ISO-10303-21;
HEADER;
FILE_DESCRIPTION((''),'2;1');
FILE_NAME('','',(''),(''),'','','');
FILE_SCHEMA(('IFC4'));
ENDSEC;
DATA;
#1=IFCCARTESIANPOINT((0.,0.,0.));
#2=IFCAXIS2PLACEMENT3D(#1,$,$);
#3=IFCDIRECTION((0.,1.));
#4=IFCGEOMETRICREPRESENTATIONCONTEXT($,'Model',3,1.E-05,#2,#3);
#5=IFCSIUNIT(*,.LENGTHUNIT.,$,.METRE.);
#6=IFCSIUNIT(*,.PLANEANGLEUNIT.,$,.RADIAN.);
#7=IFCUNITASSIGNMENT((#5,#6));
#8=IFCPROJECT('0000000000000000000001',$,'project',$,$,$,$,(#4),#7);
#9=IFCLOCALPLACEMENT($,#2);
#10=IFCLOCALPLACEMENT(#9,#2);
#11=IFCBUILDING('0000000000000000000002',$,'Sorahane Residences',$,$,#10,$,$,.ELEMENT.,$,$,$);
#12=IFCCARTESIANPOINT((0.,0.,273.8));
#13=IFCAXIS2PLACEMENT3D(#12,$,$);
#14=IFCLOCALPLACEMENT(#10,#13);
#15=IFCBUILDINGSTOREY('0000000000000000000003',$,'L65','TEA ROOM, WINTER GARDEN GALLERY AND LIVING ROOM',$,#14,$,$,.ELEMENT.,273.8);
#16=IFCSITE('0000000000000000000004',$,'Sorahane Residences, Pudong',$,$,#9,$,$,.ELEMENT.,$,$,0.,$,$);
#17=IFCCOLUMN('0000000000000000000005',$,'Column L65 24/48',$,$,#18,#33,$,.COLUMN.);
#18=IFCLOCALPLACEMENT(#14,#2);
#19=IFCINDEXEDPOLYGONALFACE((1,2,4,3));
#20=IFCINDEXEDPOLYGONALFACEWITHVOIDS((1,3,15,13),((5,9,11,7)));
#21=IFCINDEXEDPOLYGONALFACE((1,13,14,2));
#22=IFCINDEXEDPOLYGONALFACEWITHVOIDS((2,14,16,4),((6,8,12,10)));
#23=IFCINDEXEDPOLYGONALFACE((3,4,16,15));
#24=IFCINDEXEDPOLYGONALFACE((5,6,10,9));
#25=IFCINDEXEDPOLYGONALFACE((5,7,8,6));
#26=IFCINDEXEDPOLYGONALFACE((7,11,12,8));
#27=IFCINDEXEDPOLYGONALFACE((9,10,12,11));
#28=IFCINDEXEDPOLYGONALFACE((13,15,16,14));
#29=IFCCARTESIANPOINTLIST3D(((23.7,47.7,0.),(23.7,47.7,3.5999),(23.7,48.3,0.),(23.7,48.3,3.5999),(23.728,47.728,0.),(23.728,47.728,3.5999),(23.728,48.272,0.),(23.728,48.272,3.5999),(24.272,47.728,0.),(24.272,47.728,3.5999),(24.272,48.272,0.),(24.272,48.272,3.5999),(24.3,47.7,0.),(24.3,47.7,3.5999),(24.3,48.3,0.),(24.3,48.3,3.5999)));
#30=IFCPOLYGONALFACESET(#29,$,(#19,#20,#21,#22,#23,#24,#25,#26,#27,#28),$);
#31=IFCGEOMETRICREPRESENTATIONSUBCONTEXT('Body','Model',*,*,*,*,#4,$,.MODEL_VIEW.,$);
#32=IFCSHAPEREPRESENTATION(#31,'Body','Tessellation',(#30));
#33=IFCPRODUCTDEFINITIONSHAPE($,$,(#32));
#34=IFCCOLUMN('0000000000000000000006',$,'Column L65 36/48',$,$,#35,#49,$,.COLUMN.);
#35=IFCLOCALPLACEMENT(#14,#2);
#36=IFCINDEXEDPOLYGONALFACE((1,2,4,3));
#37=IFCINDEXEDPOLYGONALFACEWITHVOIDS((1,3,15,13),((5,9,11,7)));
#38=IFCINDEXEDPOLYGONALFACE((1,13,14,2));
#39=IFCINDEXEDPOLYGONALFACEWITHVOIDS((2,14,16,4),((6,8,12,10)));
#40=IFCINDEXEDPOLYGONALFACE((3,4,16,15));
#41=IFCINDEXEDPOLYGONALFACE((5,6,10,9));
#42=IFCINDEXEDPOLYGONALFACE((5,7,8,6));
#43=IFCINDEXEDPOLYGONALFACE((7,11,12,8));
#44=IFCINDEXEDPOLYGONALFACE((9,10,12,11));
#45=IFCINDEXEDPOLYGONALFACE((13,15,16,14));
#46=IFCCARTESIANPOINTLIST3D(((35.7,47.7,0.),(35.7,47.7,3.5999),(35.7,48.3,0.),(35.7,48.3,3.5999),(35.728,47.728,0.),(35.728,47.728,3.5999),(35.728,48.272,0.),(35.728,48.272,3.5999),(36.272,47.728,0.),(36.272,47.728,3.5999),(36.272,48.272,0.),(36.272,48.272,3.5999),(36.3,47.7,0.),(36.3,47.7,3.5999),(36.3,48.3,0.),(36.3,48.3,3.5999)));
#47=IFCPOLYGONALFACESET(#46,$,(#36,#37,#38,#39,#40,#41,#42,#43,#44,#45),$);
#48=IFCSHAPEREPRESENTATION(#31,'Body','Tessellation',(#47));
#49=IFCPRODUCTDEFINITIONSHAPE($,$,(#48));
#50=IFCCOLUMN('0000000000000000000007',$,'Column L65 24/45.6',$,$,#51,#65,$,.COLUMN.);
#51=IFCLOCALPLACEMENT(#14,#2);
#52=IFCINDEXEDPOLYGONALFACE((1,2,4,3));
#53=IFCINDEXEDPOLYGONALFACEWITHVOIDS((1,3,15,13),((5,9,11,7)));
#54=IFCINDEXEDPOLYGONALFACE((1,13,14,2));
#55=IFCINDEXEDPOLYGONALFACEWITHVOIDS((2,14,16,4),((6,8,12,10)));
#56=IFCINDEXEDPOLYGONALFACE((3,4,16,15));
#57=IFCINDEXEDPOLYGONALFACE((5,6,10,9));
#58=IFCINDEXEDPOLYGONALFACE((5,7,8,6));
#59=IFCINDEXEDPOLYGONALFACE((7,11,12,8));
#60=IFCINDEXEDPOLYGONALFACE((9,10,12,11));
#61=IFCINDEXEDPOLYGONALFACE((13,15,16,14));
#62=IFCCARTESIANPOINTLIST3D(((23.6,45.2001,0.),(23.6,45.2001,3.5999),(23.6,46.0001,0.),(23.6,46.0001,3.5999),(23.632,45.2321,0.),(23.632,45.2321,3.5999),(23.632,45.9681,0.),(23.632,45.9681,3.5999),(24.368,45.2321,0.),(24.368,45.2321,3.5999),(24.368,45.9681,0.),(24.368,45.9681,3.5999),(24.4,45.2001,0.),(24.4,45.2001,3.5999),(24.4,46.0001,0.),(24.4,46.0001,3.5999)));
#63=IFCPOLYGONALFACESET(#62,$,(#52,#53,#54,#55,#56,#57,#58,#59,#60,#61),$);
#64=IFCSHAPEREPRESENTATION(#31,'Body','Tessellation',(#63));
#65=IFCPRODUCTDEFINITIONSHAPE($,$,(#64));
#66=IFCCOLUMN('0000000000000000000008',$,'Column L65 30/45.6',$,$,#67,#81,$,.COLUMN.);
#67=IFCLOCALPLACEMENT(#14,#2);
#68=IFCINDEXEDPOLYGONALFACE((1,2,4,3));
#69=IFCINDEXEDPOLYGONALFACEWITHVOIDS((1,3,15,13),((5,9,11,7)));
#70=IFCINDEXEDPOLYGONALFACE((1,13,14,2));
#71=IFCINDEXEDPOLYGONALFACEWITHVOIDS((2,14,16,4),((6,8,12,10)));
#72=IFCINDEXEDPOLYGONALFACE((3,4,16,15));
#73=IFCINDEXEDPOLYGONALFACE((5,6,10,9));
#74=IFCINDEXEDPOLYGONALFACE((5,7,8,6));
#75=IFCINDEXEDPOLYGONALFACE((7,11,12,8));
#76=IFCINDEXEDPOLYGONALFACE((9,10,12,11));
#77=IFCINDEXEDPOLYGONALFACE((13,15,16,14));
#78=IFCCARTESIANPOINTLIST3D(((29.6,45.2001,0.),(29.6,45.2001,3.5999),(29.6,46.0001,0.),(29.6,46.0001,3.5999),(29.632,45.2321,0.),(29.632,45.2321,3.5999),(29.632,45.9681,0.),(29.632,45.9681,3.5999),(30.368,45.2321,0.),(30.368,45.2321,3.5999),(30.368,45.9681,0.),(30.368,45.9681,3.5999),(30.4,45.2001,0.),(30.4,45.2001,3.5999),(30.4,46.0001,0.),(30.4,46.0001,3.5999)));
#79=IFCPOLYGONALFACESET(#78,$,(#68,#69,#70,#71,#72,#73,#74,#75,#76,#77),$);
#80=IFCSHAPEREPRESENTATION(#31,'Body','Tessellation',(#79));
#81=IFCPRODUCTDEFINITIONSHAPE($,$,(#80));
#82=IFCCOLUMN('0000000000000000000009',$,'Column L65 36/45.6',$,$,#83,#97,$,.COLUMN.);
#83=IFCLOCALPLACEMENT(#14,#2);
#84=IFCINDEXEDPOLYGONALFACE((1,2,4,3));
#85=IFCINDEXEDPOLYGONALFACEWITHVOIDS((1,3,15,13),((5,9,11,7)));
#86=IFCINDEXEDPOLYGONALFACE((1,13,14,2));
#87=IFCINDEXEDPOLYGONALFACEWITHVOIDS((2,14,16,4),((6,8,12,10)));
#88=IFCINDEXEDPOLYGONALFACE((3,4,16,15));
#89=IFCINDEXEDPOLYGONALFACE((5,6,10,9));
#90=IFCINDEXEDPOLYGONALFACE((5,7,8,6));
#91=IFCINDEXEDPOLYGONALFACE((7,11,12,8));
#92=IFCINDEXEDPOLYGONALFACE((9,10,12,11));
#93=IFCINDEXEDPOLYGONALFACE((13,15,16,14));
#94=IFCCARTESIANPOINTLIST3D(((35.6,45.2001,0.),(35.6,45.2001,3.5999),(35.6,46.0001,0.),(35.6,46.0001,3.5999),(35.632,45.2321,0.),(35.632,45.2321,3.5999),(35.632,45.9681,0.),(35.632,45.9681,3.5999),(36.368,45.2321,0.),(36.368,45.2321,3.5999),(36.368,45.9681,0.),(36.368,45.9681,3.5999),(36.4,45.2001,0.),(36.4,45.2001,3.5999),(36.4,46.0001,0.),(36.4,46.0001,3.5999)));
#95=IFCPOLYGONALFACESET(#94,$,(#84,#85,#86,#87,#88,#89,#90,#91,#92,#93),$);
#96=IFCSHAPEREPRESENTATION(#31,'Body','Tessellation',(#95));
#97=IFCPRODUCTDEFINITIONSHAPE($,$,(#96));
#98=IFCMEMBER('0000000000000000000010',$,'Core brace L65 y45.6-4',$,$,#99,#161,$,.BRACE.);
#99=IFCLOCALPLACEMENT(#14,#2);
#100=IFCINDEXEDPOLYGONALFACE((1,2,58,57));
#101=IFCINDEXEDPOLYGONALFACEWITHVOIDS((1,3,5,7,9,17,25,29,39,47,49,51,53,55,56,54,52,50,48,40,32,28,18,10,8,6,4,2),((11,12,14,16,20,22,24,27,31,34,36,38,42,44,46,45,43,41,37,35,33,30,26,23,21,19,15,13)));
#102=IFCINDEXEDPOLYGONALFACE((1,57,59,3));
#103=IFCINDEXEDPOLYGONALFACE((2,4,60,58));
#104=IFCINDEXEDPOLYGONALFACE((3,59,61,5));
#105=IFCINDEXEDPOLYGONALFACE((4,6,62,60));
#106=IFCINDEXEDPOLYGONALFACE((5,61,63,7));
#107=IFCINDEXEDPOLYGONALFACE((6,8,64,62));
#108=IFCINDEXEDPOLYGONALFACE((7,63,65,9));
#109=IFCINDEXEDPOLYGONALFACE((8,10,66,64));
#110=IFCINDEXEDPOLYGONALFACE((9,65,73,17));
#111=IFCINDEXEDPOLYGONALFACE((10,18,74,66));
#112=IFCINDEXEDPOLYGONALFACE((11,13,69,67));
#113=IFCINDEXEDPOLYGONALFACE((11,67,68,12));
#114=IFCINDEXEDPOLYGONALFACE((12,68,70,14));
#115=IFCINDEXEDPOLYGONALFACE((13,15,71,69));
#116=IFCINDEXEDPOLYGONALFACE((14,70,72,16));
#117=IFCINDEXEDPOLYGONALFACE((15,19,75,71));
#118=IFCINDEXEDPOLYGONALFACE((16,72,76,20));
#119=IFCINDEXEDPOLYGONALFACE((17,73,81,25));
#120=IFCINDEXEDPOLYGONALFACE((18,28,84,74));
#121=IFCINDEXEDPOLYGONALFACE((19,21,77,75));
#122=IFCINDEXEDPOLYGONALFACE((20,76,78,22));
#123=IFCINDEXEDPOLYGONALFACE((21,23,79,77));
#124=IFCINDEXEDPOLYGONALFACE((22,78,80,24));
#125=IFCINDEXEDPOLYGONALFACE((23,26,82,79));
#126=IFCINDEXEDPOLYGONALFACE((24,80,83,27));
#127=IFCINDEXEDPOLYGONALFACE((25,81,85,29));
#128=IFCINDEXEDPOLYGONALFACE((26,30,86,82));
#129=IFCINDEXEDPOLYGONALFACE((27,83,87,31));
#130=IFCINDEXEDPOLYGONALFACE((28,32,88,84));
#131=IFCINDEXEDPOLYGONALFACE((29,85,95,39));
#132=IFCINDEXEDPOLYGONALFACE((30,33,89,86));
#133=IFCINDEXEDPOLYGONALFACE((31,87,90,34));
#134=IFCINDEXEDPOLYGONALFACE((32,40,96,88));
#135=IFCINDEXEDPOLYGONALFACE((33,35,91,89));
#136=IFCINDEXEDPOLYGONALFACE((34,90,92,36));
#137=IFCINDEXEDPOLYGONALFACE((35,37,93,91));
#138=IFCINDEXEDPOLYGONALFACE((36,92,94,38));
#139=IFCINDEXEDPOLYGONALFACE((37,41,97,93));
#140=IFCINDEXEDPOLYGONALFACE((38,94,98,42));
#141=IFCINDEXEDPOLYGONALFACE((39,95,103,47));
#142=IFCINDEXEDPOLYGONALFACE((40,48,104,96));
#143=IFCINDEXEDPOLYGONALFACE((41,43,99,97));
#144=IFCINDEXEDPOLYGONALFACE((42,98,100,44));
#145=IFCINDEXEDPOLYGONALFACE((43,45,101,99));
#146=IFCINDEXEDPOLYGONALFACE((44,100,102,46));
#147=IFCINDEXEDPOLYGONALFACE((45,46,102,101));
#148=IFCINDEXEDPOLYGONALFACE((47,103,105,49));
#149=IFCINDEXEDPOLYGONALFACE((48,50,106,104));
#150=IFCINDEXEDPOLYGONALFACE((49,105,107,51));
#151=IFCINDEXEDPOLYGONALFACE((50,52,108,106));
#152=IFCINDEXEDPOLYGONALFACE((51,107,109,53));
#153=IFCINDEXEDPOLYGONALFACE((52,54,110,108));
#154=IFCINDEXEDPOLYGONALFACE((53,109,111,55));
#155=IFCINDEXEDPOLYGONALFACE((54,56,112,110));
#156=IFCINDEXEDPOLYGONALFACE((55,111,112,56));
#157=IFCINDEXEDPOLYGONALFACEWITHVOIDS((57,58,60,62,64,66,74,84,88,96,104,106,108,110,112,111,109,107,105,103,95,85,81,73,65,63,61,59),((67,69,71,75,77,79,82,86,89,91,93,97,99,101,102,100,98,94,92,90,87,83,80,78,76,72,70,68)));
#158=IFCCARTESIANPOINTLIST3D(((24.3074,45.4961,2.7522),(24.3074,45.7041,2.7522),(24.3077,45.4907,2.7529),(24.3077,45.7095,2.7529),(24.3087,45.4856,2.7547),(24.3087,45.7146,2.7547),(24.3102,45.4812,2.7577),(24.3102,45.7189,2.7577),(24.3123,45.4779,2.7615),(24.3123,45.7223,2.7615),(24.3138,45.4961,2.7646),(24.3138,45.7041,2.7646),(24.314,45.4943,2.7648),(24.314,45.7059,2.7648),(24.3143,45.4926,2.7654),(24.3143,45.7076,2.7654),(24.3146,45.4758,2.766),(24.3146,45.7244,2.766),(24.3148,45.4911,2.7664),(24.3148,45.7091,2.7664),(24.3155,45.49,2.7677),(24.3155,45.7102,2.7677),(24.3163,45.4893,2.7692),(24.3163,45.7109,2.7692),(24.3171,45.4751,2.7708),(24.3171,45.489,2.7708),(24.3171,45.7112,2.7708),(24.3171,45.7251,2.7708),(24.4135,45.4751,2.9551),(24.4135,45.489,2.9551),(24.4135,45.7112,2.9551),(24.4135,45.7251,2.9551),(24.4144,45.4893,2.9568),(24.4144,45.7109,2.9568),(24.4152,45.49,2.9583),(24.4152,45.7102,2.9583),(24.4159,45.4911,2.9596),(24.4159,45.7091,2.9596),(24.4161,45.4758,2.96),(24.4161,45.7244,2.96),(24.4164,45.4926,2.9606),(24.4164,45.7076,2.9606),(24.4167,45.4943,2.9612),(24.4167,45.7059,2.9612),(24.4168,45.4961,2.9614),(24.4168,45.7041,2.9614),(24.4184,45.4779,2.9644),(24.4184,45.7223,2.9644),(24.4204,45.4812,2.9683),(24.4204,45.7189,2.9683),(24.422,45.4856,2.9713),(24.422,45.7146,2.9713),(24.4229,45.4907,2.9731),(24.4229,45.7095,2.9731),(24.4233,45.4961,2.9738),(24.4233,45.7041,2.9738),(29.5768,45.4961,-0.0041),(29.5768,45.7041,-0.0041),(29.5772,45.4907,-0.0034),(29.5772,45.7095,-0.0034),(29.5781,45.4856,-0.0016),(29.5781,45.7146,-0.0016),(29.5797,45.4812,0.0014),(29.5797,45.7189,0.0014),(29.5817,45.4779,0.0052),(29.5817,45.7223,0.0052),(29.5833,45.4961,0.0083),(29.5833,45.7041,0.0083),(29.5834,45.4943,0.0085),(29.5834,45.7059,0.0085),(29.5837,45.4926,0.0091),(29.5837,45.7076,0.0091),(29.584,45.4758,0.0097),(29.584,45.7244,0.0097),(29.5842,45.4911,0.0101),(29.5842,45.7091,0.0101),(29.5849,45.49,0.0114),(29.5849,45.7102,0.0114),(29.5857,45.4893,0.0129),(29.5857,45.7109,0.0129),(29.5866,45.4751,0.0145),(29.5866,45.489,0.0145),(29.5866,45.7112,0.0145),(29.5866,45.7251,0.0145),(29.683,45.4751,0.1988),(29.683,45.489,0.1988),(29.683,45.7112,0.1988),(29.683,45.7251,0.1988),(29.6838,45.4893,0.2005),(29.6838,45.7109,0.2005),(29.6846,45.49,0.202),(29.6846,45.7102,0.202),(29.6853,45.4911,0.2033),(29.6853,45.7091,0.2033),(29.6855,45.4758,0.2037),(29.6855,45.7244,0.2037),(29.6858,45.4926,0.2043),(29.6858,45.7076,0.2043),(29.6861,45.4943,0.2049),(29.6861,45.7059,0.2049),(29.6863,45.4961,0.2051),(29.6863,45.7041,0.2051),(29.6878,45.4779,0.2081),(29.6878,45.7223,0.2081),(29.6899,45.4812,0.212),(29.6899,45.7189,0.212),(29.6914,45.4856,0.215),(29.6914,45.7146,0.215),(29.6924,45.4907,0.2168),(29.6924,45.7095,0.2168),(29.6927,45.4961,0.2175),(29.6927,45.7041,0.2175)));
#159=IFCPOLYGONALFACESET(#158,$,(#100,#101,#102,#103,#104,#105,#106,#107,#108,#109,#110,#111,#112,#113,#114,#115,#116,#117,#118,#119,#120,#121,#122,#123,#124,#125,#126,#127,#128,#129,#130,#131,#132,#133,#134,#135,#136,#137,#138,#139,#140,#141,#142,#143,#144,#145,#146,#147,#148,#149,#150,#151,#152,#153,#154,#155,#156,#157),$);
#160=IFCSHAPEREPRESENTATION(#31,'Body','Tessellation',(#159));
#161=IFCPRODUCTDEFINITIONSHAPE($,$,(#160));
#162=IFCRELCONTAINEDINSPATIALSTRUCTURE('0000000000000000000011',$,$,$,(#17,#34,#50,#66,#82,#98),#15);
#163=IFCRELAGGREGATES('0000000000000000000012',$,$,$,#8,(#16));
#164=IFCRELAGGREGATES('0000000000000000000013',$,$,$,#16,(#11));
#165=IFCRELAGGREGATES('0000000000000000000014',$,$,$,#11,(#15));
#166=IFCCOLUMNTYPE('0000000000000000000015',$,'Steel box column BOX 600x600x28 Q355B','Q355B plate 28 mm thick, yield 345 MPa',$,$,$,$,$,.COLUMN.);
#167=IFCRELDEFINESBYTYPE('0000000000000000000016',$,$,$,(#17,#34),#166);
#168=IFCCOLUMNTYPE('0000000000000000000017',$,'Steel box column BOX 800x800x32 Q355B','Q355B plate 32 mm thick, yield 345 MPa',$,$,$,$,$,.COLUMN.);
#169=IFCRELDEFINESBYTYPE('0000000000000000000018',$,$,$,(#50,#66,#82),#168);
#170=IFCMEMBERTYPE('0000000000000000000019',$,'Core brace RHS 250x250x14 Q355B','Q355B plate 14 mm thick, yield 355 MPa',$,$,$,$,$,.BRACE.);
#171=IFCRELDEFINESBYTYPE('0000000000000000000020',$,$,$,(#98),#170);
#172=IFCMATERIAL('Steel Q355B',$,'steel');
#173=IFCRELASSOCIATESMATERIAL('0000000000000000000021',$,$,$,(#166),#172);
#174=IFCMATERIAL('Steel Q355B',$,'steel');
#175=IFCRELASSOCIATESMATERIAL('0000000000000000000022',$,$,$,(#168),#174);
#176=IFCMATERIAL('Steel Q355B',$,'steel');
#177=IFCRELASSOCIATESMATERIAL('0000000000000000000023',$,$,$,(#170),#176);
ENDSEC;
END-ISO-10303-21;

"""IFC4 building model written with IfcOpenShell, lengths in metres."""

from ifc_helpers import new_model, si_unit, direction, frame, origin, origin_2d, place, context, subcontext, project, spatial, hollow_rectangle, extrude, material, material_profile, profile_set, type_object, element, save


model = new_model("IFC4")

# Units and contexts
model_context = context("Model", 3, precision=1e-05, world=origin(), true_north=direction((0.0, 1.0)))
body_context = subcontext(model_context, "Body", "Model", "MODEL_VIEW")
ifc_project = project(units=[si_unit("LENGTHUNIT", "METRE"), si_unit("PLANEANGLEUNIT", "RADIAN")], contexts=[model_context])

# Site, building, storey
site_placement = place(None, origin())
site = spatial("IfcSite", under=ifc_project, at=site_placement, Name="Sorahane Residences, Pudong", CompositionType="ELEMENT", RefElevation=0.0)
building_placement = place(site_placement, origin())
building = spatial("IfcBuilding", under=site, at=building_placement, Name="Sorahane Residences", CompositionType="ELEMENT")
storey_placement = place(building_placement, frame((0.0, 0.0, 273.8)))
storey = spatial("IfcBuildingStorey", under=building, at=storey_placement, Name="L65", Description="TEA ROOM, WINTER GARDEN GALLERY AND LIVING ROOM", CompositionType="ELEMENT", Elevation=273.8)

# Columns
ifc_material_1 = material(Name="Steel Q355B", Category="steel")
ifc_material_profile_1 = material_profile(ifc_material_1, hollow_rectangle(XDim=0.6001, YDim=0.6001, WallThickness=0.0281, at=origin_2d()), Name="BOX 600x600x28")
ifc_profile_set_1 = profile_set([ifc_material_profile_1], Name="Steel Q355B")
column_type_1 = type_object("IfcColumnType", Name="Steel box column BOX 600x600x28 Q355B", Description="Q355B plate 28 mm thick, yield 345 MPa", PredefinedType="COLUMN", material=ifc_profile_set_1)
for number, where, z_axis, x_axis, name in (
    (1, (24.0, 48.0, 0.0), (0.0, 0.0, 1.0), (1.0, 0.0, 0.0), "Column L65 24/48"),
    (2, (36.0, 48.0, 0.0), (0.0, 0.0, 1.0), (1.0, 0.0, 0.0), "Column L65 36/48"),
):
    element("IfcColumn", number, at=place(storey_placement, frame(where, z_axis=z_axis, x_axis=x_axis)), inside=storey, type_object=column_type_1, Name=name, PredefinedType="COLUMN", context=body_context, shape_type="SweptSolid", body=[
        extrude(hollow_rectangle(XDim=0.6001, YDim=0.6001, WallThickness=0.0281, at=origin_2d()), origin(), (0.0, 0.0, 1.0), 3.5999),
    ])
ifc_material_2 = material(Name="Steel Q355B", Category="steel")
ifc_material_profile_2 = material_profile(ifc_material_2, hollow_rectangle(XDim=0.8, YDim=0.8, WallThickness=0.032, at=origin_2d()), Name="BOX 800x800x32")
ifc_profile_set_2 = profile_set([ifc_material_profile_2], Name="Steel Q355B")
column_type_2 = type_object("IfcColumnType", Name="Steel box column BOX 800x800x32 Q355B", Description="Q355B plate 32 mm thick, yield 345 MPa", PredefinedType="COLUMN", material=ifc_profile_set_2)
for number, where, z_axis, x_axis, name in (
    (3, (24.0, 45.6001, 0.0), (0.0, 0.0, 1.0), (1.0, 0.0, 0.0), "Column L65 24/45.6"),
    (4, (30.0, 45.6001, 0.0), (0.0, 0.0, 1.0), (1.0, 0.0, 0.0), "Column L65 30/45.6"),
    (5, (36.0, 45.6001, 0.0), (0.0, 0.0, 1.0), (1.0, 0.0, 0.0), "Column L65 36/45.6"),
):
    element("IfcColumn", number, at=place(storey_placement, frame(where, z_axis=z_axis, x_axis=x_axis)), inside=storey, type_object=column_type_2, Name=name, PredefinedType="COLUMN", context=body_context, shape_type="SweptSolid", body=[
        extrude(hollow_rectangle(XDim=0.8, YDim=0.8, WallThickness=0.032, at=origin_2d()), origin(), (0.0, 0.0, 1.0), 3.5999),
    ])

# Member
ifc_material_3 = material(Name="Steel Q355B", Category="steel")
ifc_material_profile_3 = material_profile(ifc_material_3, hollow_rectangle(XDim=0.25, YDim=0.25, WallThickness=0.0139, InnerFilletRadius=0.0071, OuterFilletRadius=0.021, at=origin_2d()), Name="RHS 250x250x14")
ifc_profile_set_3 = profile_set([ifc_material_profile_3], Name="Steel Q355B")
member_type_1 = type_object("IfcMemberType", Name="Core brace RHS 250x250x14 Q355B", Description="Q355B plate 14 mm thick, yield 355 MPa", PredefinedType="BRACE", material=ifc_profile_set_3)
member_1_placement = place(storey_placement, frame((29.6348, 45.6001, 0.1067), z_axis=(-0.8861, 0.0, 0.463495), x_axis=(0.0, -1.0, 0.0)))
element("IfcMember", 6, at=member_1_placement, inside=storey, type_object=member_type_1, Name="Core brace L65 y45.6-4", PredefinedType="BRACE", context=body_context, shape_type="SweptSolid", body=[
    extrude(hollow_rectangle(XDim=0.25, YDim=0.25, WallThickness=0.0139, InnerFilletRadius=0.0071, OuterFilletRadius=0.021, at=origin_2d()), origin(), (0.0, 0.0, 1.0), 5.9468),
])

save(model, "model.ifc")
